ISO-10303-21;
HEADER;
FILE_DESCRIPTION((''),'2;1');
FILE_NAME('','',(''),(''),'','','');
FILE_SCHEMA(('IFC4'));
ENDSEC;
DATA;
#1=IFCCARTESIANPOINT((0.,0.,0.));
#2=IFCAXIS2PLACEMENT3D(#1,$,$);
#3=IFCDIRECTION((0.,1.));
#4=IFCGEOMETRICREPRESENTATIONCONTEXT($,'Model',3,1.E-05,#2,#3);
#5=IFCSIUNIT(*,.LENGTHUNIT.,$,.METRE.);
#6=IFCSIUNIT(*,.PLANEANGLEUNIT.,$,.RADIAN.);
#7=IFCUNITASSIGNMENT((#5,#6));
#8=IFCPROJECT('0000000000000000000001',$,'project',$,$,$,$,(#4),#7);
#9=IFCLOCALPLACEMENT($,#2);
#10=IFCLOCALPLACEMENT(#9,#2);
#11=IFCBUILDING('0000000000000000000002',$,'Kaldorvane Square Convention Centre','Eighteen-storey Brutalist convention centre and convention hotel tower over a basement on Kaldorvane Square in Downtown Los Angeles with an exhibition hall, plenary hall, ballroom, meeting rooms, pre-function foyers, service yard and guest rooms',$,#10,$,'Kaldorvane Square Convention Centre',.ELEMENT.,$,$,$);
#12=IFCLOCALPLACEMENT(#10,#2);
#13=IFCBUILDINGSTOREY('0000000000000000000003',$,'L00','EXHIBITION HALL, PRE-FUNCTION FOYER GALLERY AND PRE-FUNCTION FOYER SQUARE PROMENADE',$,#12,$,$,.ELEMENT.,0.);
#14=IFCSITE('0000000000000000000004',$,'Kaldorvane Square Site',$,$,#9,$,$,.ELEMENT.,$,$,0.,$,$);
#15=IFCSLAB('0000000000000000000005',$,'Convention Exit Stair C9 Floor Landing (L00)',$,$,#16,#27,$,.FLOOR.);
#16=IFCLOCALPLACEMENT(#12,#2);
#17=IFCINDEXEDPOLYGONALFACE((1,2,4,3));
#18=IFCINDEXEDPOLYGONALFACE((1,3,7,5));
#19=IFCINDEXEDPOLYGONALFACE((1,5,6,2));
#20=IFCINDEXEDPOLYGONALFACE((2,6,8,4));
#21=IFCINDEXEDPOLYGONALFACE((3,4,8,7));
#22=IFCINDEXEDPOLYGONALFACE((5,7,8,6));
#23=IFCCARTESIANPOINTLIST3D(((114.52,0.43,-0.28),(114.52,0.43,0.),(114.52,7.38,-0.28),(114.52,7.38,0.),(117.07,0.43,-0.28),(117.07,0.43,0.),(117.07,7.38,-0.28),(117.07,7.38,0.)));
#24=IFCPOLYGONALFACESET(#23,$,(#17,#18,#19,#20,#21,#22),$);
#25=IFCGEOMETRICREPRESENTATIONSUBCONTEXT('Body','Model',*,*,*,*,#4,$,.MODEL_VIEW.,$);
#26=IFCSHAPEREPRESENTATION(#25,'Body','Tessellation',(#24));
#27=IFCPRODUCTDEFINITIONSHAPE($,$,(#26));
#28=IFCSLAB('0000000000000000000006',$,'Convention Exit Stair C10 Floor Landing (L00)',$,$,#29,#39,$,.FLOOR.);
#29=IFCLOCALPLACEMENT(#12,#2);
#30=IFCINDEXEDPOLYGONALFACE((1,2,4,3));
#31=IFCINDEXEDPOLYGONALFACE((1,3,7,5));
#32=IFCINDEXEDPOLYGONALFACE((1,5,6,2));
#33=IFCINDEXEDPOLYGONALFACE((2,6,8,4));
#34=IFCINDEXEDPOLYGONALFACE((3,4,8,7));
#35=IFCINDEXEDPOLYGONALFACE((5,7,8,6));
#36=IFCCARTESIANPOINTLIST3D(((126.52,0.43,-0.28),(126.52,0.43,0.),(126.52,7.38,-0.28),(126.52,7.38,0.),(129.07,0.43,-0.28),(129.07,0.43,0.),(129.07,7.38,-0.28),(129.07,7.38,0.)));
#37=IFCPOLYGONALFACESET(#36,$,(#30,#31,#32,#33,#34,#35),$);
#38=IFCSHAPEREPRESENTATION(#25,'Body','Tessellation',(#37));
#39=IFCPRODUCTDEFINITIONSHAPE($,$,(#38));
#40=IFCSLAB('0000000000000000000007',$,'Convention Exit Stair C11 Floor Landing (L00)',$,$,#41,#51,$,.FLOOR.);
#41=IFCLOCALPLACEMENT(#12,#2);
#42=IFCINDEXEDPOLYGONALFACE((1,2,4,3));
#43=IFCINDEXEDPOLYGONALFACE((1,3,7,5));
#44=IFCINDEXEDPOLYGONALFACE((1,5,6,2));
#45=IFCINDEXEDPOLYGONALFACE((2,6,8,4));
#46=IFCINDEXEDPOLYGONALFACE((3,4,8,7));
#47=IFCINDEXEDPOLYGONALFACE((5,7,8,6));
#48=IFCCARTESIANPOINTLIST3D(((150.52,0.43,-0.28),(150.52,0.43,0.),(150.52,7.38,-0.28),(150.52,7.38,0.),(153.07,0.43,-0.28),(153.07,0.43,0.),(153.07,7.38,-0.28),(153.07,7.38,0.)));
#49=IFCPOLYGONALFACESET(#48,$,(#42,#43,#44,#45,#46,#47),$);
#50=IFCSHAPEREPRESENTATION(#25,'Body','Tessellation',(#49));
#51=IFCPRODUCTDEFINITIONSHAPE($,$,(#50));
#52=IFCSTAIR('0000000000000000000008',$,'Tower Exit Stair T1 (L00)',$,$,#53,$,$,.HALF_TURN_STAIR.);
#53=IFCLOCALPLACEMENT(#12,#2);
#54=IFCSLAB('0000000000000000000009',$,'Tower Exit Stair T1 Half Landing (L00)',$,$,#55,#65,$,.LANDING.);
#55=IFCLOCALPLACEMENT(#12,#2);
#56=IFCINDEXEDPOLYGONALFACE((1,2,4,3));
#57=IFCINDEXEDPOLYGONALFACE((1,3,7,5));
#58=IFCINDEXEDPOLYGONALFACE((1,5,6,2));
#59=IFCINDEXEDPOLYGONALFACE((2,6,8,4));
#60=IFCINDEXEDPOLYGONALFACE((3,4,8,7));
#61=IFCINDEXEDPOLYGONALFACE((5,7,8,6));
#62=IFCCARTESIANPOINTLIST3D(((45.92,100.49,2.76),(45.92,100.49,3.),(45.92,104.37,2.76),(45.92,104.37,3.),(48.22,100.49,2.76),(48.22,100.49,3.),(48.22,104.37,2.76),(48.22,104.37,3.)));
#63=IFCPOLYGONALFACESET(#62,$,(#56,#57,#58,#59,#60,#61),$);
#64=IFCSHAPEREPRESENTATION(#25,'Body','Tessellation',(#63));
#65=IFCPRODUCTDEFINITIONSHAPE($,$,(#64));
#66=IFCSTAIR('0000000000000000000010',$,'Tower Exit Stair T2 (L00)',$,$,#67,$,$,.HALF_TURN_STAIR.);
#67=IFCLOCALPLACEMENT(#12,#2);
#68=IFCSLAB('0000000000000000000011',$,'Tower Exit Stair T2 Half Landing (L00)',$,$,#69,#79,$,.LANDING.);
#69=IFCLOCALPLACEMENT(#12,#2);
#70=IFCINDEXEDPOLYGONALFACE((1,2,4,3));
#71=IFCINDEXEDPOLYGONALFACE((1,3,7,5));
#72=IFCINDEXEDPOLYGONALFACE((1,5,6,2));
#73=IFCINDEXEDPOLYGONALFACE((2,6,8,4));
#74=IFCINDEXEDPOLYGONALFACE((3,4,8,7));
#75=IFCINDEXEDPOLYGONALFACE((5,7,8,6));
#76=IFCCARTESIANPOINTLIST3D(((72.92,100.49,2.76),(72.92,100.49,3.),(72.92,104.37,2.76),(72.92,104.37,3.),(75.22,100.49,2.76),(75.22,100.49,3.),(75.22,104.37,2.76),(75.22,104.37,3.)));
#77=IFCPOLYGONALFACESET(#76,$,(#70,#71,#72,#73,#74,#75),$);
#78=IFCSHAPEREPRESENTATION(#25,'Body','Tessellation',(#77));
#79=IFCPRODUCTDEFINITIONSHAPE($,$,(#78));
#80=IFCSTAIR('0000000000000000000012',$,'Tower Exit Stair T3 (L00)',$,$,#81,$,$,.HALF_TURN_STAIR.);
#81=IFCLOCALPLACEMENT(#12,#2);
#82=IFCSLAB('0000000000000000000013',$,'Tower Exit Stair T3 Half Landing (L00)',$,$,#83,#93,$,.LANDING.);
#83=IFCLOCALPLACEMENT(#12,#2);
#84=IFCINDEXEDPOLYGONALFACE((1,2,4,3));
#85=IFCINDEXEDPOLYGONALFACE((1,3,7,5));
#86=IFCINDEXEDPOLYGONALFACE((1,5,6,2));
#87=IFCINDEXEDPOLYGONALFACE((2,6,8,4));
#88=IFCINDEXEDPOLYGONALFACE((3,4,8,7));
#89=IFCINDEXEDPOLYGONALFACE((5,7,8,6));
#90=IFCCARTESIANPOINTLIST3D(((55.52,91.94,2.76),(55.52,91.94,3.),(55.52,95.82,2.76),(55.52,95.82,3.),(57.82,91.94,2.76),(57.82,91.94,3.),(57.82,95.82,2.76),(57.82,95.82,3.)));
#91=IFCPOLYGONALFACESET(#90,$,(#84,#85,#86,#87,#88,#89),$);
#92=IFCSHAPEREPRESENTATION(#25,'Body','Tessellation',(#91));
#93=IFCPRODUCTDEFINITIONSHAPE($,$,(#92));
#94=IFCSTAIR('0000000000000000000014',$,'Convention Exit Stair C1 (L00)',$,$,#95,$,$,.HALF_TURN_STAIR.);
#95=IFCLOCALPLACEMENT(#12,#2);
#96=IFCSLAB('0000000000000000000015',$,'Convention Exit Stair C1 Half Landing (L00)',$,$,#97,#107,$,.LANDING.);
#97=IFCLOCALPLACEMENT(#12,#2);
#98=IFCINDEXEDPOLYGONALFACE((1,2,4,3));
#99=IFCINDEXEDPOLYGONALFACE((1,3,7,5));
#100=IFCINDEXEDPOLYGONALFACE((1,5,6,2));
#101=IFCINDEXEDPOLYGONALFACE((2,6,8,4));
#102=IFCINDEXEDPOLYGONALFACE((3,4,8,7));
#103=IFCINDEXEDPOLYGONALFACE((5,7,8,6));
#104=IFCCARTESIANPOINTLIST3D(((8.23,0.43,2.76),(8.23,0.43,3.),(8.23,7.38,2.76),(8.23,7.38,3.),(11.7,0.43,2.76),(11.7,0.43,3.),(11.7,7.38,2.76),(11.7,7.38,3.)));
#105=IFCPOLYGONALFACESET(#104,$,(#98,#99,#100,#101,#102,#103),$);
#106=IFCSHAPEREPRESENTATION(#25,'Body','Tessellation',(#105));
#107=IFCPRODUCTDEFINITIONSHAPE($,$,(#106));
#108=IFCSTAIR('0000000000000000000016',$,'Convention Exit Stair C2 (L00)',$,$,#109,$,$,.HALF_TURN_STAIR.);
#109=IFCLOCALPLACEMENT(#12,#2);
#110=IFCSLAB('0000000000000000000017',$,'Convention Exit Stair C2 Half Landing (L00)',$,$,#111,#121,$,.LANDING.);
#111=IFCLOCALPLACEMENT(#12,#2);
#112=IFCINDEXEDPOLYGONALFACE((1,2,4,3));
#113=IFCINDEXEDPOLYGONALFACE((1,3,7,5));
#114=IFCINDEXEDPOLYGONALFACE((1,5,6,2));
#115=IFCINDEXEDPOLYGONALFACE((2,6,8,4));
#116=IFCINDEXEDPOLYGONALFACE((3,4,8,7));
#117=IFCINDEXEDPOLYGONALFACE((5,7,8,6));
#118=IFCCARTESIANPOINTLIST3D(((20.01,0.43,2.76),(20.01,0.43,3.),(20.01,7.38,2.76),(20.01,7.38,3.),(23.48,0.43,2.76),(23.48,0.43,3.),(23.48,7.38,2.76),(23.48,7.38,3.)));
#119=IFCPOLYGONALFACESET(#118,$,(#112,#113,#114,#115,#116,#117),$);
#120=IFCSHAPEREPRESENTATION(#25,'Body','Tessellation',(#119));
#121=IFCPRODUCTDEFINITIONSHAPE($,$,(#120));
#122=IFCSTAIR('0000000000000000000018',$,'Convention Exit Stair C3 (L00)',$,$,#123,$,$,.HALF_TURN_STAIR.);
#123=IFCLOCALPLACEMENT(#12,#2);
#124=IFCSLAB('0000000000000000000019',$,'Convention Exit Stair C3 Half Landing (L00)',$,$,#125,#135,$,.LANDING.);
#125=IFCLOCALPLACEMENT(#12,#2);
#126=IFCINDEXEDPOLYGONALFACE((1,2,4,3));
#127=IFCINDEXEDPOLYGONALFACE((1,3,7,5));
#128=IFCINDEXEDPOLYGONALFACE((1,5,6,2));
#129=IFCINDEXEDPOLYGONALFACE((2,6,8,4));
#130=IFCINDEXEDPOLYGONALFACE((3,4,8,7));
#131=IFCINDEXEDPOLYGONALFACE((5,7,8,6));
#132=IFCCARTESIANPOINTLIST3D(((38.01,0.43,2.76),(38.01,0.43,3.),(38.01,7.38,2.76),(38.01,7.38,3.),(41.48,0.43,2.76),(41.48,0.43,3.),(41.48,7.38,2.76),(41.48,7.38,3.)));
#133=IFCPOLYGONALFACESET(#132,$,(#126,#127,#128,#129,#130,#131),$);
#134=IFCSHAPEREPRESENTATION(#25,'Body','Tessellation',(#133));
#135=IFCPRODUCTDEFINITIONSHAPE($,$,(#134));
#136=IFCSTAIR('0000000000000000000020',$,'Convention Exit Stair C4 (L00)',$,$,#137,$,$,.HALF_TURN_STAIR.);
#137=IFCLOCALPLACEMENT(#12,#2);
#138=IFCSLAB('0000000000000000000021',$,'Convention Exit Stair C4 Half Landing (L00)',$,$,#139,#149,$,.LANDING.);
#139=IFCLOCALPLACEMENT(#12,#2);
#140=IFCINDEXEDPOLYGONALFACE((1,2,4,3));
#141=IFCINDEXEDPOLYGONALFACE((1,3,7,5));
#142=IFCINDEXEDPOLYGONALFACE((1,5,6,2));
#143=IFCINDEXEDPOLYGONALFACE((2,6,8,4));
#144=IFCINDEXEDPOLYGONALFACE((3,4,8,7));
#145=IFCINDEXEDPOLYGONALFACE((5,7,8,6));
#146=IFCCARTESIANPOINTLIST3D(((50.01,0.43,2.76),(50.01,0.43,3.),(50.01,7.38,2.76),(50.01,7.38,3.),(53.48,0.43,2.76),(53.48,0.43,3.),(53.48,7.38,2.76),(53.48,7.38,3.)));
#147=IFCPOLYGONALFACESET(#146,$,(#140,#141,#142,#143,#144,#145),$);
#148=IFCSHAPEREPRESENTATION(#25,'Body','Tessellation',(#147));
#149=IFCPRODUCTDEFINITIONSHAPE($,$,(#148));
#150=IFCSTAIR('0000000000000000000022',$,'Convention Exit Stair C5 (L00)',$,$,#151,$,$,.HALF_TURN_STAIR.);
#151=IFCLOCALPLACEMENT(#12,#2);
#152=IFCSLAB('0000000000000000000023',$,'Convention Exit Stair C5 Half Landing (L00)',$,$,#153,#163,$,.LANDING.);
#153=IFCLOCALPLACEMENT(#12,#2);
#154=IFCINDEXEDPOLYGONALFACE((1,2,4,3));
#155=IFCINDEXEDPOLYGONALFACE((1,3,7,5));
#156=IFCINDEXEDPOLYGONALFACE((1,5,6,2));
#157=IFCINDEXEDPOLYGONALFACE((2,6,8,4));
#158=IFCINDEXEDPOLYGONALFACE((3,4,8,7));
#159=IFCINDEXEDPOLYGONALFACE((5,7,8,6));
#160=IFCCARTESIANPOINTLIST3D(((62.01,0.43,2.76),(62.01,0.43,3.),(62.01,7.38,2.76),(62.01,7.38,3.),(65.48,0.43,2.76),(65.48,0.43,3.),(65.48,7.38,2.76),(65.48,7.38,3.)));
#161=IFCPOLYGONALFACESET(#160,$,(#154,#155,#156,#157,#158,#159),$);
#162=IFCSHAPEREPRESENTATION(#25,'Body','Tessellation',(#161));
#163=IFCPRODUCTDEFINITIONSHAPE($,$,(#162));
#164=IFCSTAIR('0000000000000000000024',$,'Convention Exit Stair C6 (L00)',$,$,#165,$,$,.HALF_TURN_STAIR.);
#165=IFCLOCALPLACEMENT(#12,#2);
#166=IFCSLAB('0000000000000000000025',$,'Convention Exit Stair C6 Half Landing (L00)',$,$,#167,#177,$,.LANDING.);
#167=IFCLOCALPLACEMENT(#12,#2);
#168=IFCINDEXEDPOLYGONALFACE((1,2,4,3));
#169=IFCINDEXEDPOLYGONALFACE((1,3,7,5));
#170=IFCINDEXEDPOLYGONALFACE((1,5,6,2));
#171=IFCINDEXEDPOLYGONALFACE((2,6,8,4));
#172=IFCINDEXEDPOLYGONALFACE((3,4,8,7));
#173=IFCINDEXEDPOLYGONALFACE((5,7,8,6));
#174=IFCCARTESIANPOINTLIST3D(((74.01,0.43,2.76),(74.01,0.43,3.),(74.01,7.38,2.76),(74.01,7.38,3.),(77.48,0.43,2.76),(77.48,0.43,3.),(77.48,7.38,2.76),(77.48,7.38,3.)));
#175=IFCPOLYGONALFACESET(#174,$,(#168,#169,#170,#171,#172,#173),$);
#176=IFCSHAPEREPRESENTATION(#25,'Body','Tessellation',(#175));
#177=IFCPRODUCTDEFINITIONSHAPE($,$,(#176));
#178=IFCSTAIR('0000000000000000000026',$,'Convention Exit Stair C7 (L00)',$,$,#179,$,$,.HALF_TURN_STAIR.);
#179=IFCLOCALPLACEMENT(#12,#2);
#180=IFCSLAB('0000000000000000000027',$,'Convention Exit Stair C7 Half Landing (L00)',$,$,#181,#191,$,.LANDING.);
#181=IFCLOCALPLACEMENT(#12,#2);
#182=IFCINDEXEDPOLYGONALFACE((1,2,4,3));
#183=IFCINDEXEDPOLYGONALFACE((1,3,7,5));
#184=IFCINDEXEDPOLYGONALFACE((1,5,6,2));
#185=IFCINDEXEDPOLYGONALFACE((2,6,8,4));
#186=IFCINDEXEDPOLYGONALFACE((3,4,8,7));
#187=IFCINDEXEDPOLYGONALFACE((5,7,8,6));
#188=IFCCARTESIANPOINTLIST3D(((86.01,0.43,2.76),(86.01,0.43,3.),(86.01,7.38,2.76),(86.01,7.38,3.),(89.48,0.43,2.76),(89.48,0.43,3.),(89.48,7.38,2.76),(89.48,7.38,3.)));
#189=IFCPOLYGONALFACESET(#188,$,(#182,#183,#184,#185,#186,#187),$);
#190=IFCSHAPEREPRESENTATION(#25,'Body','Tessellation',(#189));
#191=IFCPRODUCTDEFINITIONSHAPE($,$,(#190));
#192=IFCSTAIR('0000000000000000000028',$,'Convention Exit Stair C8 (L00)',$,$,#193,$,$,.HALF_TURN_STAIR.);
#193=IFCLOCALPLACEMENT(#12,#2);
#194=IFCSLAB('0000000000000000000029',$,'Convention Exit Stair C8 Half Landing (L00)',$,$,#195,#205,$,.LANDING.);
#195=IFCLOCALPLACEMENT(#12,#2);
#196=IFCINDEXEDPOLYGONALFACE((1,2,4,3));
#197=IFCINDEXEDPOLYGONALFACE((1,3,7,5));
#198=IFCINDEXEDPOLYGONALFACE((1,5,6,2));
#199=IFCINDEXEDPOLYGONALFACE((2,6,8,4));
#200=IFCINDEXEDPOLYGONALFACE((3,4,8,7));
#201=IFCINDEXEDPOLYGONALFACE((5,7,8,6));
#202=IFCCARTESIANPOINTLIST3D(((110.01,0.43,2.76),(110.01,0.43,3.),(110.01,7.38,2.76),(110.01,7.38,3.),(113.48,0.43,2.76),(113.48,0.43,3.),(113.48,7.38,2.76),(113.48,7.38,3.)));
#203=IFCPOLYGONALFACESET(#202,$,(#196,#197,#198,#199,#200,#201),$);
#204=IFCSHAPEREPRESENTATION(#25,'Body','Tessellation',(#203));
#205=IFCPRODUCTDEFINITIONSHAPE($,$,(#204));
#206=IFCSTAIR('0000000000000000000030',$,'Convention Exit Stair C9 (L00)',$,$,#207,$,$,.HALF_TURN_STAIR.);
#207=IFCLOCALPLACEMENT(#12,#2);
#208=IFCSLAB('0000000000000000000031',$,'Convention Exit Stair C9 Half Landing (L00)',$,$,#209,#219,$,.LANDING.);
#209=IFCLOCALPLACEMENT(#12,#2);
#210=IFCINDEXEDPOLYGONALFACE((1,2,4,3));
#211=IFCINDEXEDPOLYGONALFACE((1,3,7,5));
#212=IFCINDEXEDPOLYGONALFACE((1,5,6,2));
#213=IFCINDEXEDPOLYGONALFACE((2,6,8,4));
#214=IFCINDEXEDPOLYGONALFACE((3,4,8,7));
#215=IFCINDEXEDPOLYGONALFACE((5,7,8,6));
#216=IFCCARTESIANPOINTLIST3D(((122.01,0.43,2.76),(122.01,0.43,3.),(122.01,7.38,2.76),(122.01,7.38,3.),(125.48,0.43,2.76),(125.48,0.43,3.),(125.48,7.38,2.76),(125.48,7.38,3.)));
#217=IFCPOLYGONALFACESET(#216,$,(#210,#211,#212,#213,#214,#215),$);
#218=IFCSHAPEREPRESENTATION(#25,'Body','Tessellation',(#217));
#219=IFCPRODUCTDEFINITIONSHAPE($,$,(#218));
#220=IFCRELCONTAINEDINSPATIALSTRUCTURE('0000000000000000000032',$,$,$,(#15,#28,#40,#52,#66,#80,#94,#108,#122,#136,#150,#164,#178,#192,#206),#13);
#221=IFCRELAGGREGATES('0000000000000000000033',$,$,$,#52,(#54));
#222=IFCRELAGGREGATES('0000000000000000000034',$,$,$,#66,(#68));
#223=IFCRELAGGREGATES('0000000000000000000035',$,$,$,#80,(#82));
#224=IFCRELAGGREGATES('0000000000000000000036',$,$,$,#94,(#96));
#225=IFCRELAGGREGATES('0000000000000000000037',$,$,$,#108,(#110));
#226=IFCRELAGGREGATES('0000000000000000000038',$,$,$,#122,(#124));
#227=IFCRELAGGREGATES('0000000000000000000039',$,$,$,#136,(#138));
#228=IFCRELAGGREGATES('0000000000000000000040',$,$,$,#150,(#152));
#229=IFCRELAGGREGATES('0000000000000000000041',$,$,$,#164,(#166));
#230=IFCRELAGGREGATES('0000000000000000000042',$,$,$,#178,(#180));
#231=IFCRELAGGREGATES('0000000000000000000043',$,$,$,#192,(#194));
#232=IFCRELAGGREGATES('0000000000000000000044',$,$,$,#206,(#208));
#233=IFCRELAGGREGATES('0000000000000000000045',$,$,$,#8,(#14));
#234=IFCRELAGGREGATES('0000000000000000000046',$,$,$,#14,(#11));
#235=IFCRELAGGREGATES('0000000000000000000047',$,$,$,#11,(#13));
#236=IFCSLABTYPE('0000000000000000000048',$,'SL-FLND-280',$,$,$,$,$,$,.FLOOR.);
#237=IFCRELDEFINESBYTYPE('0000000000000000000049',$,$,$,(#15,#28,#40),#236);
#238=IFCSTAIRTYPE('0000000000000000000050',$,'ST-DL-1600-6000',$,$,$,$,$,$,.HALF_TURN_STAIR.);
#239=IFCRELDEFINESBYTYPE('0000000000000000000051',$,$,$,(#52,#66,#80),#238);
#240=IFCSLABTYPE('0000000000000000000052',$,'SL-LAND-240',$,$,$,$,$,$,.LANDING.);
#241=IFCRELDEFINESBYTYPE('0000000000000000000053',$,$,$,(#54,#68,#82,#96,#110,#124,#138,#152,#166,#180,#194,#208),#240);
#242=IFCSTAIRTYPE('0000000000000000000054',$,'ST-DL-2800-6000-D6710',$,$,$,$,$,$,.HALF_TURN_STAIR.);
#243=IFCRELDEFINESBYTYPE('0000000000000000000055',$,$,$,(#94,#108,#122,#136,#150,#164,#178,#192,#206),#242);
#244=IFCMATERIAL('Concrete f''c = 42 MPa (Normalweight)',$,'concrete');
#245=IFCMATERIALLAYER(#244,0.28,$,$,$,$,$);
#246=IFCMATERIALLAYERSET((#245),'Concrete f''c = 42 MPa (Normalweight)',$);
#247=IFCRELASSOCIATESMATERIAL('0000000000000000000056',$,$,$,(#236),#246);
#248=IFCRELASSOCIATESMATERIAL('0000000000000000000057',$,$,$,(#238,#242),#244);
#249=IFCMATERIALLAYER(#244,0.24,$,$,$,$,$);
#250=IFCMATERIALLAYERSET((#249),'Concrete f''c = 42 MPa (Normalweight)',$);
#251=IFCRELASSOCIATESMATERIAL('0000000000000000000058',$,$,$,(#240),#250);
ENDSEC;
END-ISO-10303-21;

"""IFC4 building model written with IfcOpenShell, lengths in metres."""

from ifc_helpers import new_model, si_unit, direction, frame, origin, place, context, subcontext, project, spatial, polyline, outline, extrude, material, layer, layer_set, type_object, element, aggregate, save


model = new_model("IFC4")

# Units and contexts
model_context = context("Model", 3, precision=1e-05, world=origin(), true_north=direction((0.0, 1.0)))
body_context = subcontext(model_context, "Body", "Model", "MODEL_VIEW")
ifc_project = project(units=[si_unit("LENGTHUNIT", "METRE"), si_unit("PLANEANGLEUNIT", "RADIAN")], contexts=[model_context])

# Site, building, storey
site_placement = place(None, origin())
site = spatial("IfcSite", under=ifc_project, at=site_placement, Name="Kaldorvane Square Site", CompositionType="ELEMENT", RefElevation=0.0)
building_placement = place(site_placement, origin())
building = spatial("IfcBuilding", under=site, at=building_placement, Name="Kaldorvane Square Convention Centre", Description="Eighteen-storey Brutalist convention centre and convention hotel tower over a basement on Kaldorvane Square in Downtown Los Angeles with an exhibition hall, plenary hall, ballroom, meeting rooms, pre-function foyers, service yard and guest rooms", LongName="Kaldorvane Square Convention Centre", CompositionType="ELEMENT")
storey_placement = place(building_placement, origin())
storey = spatial("IfcBuildingStorey", under=building, at=storey_placement, Name="L00", Description="EXHIBITION HALL, PRE-FUNCTION FOYER GALLERY AND PRE-FUNCTION FOYER SQUARE PROMENADE", CompositionType="ELEMENT", Elevation=0.0)

# Shared definitions
ifc_material_1 = material(Name="Concrete f'c = 42 MPa (Normalweight)", Category="concrete")

# Slabs
ifc_layer_1 = layer(ifc_material_1, 0.28)
ifc_layer_set_1 = layer_set([ifc_layer_1], Name="Concrete f'c = 42 MPa (Normalweight)")
slab_type_1 = type_object("IfcSlabType", Name="SL-FLND-280", PredefinedType="FLOOR", material=ifc_layer_set_1)
slab_1_placement = place(storey_placement, frame((0.0, 0.0, -0.28)))
element("IfcSlab", 1, at=slab_1_placement, inside=storey, type_object=slab_type_1, Name="Convention Exit Stair C9 Floor Landing (L00)", PredefinedType="FLOOR", context=body_context, shape_type="SweptSolid", body=[
    extrude(outline(polyline([(114.52, 0.43), (117.07, 0.43), (117.07, 7.38), (114.52, 7.38), (114.52, 0.43)])), origin(), (0.0, 0.0, 1.0), 0.28),
])
slab_2_placement = place(storey_placement, frame((0.0, 0.0, -0.28)))
element("IfcSlab", 2, at=slab_2_placement, inside=storey, type_object=slab_type_1, Name="Convention Exit Stair C10 Floor Landing (L00)", PredefinedType="FLOOR", context=body_context, shape_type="SweptSolid", body=[
    extrude(outline(polyline([(126.52, 0.43), (129.07, 0.43), (129.07, 7.38), (126.52, 7.38), (126.52, 0.43)])), origin(), (0.0, 0.0, 1.0), 0.28),
])
slab_3_placement = place(storey_placement, frame((0.0, 0.0, -0.28)))
element("IfcSlab", 3, at=slab_3_placement, inside=storey, type_object=slab_type_1, Name="Convention Exit Stair C11 Floor Landing (L00)", PredefinedType="FLOOR", context=body_context, shape_type="SweptSolid", body=[
    extrude(outline(polyline([(150.52, 0.43), (153.07, 0.43), (153.07, 7.38), (150.52, 7.38), (150.52, 0.43)])), origin(), (0.0, 0.0, 1.0), 0.28),
])

# Stairs, slabs
stair_type_1 = type_object("IfcStairType", Name="ST-DL-1600-6000", PredefinedType="HALF_TURN_STAIR", material=ifc_material_1)
stair_1_placement = place(storey_placement, origin())
stair_1 = element("IfcStair", 4, at=stair_1_placement, inside=storey, type_object=stair_type_1, Name="Tower Exit Stair T1 (L00)", PredefinedType="HALF_TURN_STAIR")
ifc_layer_2 = layer(ifc_material_1, 0.24)
ifc_layer_set_2 = layer_set([ifc_layer_2], Name="Concrete f'c = 42 MPa (Normalweight)")
slab_type_2 = type_object("IfcSlabType", Name="SL-LAND-240", PredefinedType="LANDING", material=ifc_layer_set_2)
slab_4_placement = place(storey_placement, frame((0.0, 0.0, 2.76)))
slab_4 = element("IfcSlab", 5, at=slab_4_placement, type_object=slab_type_2, Name="Tower Exit Stair T1 Half Landing (L00)", PredefinedType="LANDING", context=body_context, shape_type="SweptSolid", body=[
    extrude(outline(polyline([(45.92, 100.49), (48.22, 100.49), (48.22, 104.37), (45.92, 104.37), (45.92, 100.49)])), origin(), (0.0, 0.0, 1.0), 0.24),
])
aggregate(stair_1, [slab_4])
stair_2_placement = place(storey_placement, origin())
stair_2 = element("IfcStair", 6, at=stair_2_placement, inside=storey, type_object=stair_type_1, Name="Tower Exit Stair T2 (L00)", PredefinedType="HALF_TURN_STAIR")
slab_5_placement = place(storey_placement, frame((0.0, 0.0, 2.76)))
slab_5 = element("IfcSlab", 7, at=slab_5_placement, type_object=slab_type_2, Name="Tower Exit Stair T2 Half Landing (L00)", PredefinedType="LANDING", context=body_context, shape_type="SweptSolid", body=[
    extrude(outline(polyline([(72.92, 100.49), (75.22, 100.49), (75.22, 104.37), (72.92, 104.37), (72.92, 100.49)])), origin(), (0.0, 0.0, 1.0), 0.24),
])
aggregate(stair_2, [slab_5])
stair_3_placement = place(storey_placement, origin())
stair_3 = element("IfcStair", 8, at=stair_3_placement, inside=storey, type_object=stair_type_1, Name="Tower Exit Stair T3 (L00)", PredefinedType="HALF_TURN_STAIR")
slab_6_placement = place(storey_placement, frame((0.0, 0.0, 2.76)))
slab_6 = element("IfcSlab", 9, at=slab_6_placement, type_object=slab_type_2, Name="Tower Exit Stair T3 Half Landing (L00)", PredefinedType="LANDING", context=body_context, shape_type="SweptSolid", body=[
    extrude(outline(polyline([(55.52, 91.94), (57.82, 91.94), (57.82, 95.82), (55.52, 95.82), (55.52, 91.94)])), origin(), (0.0, 0.0, 1.0), 0.24),
])
aggregate(stair_3, [slab_6])
stair_type_2 = type_object("IfcStairType", Name="ST-DL-2800-6000-D6710", PredefinedType="HALF_TURN_STAIR", material=ifc_material_1)
stair_4_placement = place(storey_placement, origin())
stair_4 = element("IfcStair", 10, at=stair_4_placement, inside=storey, type_object=stair_type_2, Name="Convention Exit Stair C1 (L00)", PredefinedType="HALF_TURN_STAIR")
slab_7_placement = place(storey_placement, frame((0.0, 0.0, 2.76)))
slab_7 = element("IfcSlab", 11, at=slab_7_placement, type_object=slab_type_2, Name="Convention Exit Stair C1 Half Landing (L00)", PredefinedType="LANDING", context=body_context, shape_type="SweptSolid", body=[
    extrude(outline(polyline([(8.23, 0.43), (11.7, 0.43), (11.7, 7.38), (8.23, 7.38), (8.23, 0.43)])), origin(), (0.0, 0.0, 1.0), 0.24),
])
aggregate(stair_4, [slab_7])
stair_5_placement = place(storey_placement, origin())
stair_5 = element("IfcStair", 12, at=stair_5_placement, inside=storey, type_object=stair_type_2, Name="Convention Exit Stair C2 (L00)", PredefinedType="HALF_TURN_STAIR")
slab_8_placement = place(storey_placement, frame((0.0, 0.0, 2.76)))
slab_8 = element("IfcSlab", 13, at=slab_8_placement, type_object=slab_type_2, Name="Convention Exit Stair C2 Half Landing (L00)", PredefinedType="LANDING", context=body_context, shape_type="SweptSolid", body=[
    extrude(outline(polyline([(20.01, 0.43), (23.48, 0.43), (23.48, 7.38), (20.01, 7.38), (20.01, 0.43)])), origin(), (0.0, 0.0, 1.0), 0.24),
])
aggregate(stair_5, [slab_8])
stair_6_placement = place(storey_placement, origin())
stair_6 = element("IfcStair", 14, at=stair_6_placement, inside=storey, type_object=stair_type_2, Name="Convention Exit Stair C3 (L00)", PredefinedType="HALF_TURN_STAIR")
slab_9_placement = place(storey_placement, frame((0.0, 0.0, 2.76)))
slab_9 = element("IfcSlab", 15, at=slab_9_placement, type_object=slab_type_2, Name="Convention Exit Stair C3 Half Landing (L00)", PredefinedType="LANDING", context=body_context, shape_type="SweptSolid", body=[
    extrude(outline(polyline([(38.01, 0.43), (41.48, 0.43), (41.48, 7.38), (38.01, 7.38), (38.01, 0.43)])), origin(), (0.0, 0.0, 1.0), 0.24),
])
aggregate(stair_6, [slab_9])
stair_7_placement = place(storey_placement, origin())
stair_7 = element("IfcStair", 16, at=stair_7_placement, inside=storey, type_object=stair_type_2, Name="Convention Exit Stair C4 (L00)", PredefinedType="HALF_TURN_STAIR")
slab_10_placement = place(storey_placement, frame((0.0, 0.0, 2.76)))
slab_10 = element("IfcSlab", 17, at=slab_10_placement, type_object=slab_type_2, Name="Convention Exit Stair C4 Half Landing (L00)", PredefinedType="LANDING", context=body_context, shape_type="SweptSolid", body=[
    extrude(outline(polyline([(50.01, 0.43), (53.48, 0.43), (53.48, 7.38), (50.01, 7.38), (50.01, 0.43)])), origin(), (0.0, 0.0, 1.0), 0.24),
])
aggregate(stair_7, [slab_10])
stair_8_placement = place(storey_placement, origin())
stair_8 = element("IfcStair", 18, at=stair_8_placement, inside=storey, type_object=stair_type_2, Name="Convention Exit Stair C5 (L00)", PredefinedType="HALF_TURN_STAIR")
slab_11_placement = place(storey_placement, frame((0.0, 0.0, 2.76)))
slab_11 = element("IfcSlab", 19, at=slab_11_placement, type_object=slab_type_2, Name="Convention Exit Stair C5 Half Landing (L00)", PredefinedType="LANDING", context=body_context, shape_type="SweptSolid", body=[
    extrude(outline(polyline([(62.01, 0.43), (65.48, 0.43), (65.48, 7.38), (62.01, 7.38), (62.01, 0.43)])), origin(), (0.0, 0.0, 1.0), 0.24),
])
aggregate(stair_8, [slab_11])
stair_9_placement = place(storey_placement, origin())
stair_9 = element("IfcStair", 20, at=stair_9_placement, inside=storey, type_object=stair_type_2, Name="Convention Exit Stair C6 (L00)", PredefinedType="HALF_TURN_STAIR")
slab_12_placement = place(storey_placement, frame((0.0, 0.0, 2.76)))
slab_12 = element("IfcSlab", 21, at=slab_12_placement, type_object=slab_type_2, Name="Convention Exit Stair C6 Half Landing (L00)", PredefinedType="LANDING", context=body_context, shape_type="SweptSolid", body=[
    extrude(outline(polyline([(74.01, 0.43), (77.48, 0.43), (77.48, 7.38), (74.01, 7.38), (74.01, 0.43)])), origin(), (0.0, 0.0, 1.0), 0.24),
])
aggregate(stair_9, [slab_12])
stair_10_placement = place(storey_placement, origin())
stair_10 = element("IfcStair", 22, at=stair_10_placement, inside=storey, type_object=stair_type_2, Name="Convention Exit Stair C7 (L00)", PredefinedType="HALF_TURN_STAIR")
slab_13_placement = place(storey_placement, frame((0.0, 0.0, 2.76)))
slab_13 = element("IfcSlab", 23, at=slab_13_placement, type_object=slab_type_2, Name="Convention Exit Stair C7 Half Landing (L00)", PredefinedType="LANDING", context=body_context, shape_type="SweptSolid", body=[
    extrude(outline(polyline([(86.01, 0.43), (89.48, 0.43), (89.48, 7.38), (86.01, 7.38), (86.01, 0.43)])), origin(), (0.0, 0.0, 1.0), 0.24),
])
aggregate(stair_10, [slab_13])
stair_11_placement = place(storey_placement, origin())
stair_11 = element("IfcStair", 24, at=stair_11_placement, inside=storey, type_object=stair_type_2, Name="Convention Exit Stair C8 (L00)", PredefinedType="HALF_TURN_STAIR")
slab_14_placement = place(storey_placement, frame((0.0, 0.0, 2.76)))
slab_14 = element("IfcSlab", 25, at=slab_14_placement, type_object=slab_type_2, Name="Convention Exit Stair C8 Half Landing (L00)", PredefinedType="LANDING", context=body_context, shape_type="SweptSolid", body=[
    extrude(outline(polyline([(110.01, 0.43), (113.48, 0.43), (113.48, 7.38), (110.01, 7.38), (110.01, 0.43)])), origin(), (0.0, 0.0, 1.0), 0.24),
])
aggregate(stair_11, [slab_14])
stair_12_placement = place(storey_placement, origin())
stair_12 = element("IfcStair", 26, at=stair_12_placement, inside=storey, type_object=stair_type_2, Name="Convention Exit Stair C9 (L00)", PredefinedType="HALF_TURN_STAIR")
slab_15_placement = place(storey_placement, frame((0.0, 0.0, 2.76)))
slab_15 = element("IfcSlab", 27, at=slab_15_placement, type_object=slab_type_2, Name="Convention Exit Stair C9 Half Landing (L00)", PredefinedType="LANDING", context=body_context, shape_type="SweptSolid", body=[
    extrude(outline(polyline([(122.01, 0.43), (125.48, 0.43), (125.48, 7.38), (122.01, 7.38), (122.01, 0.43)])), origin(), (0.0, 0.0, 1.0), 0.24),
])
aggregate(stair_12, [slab_15])

save(model, "model.ifc")
